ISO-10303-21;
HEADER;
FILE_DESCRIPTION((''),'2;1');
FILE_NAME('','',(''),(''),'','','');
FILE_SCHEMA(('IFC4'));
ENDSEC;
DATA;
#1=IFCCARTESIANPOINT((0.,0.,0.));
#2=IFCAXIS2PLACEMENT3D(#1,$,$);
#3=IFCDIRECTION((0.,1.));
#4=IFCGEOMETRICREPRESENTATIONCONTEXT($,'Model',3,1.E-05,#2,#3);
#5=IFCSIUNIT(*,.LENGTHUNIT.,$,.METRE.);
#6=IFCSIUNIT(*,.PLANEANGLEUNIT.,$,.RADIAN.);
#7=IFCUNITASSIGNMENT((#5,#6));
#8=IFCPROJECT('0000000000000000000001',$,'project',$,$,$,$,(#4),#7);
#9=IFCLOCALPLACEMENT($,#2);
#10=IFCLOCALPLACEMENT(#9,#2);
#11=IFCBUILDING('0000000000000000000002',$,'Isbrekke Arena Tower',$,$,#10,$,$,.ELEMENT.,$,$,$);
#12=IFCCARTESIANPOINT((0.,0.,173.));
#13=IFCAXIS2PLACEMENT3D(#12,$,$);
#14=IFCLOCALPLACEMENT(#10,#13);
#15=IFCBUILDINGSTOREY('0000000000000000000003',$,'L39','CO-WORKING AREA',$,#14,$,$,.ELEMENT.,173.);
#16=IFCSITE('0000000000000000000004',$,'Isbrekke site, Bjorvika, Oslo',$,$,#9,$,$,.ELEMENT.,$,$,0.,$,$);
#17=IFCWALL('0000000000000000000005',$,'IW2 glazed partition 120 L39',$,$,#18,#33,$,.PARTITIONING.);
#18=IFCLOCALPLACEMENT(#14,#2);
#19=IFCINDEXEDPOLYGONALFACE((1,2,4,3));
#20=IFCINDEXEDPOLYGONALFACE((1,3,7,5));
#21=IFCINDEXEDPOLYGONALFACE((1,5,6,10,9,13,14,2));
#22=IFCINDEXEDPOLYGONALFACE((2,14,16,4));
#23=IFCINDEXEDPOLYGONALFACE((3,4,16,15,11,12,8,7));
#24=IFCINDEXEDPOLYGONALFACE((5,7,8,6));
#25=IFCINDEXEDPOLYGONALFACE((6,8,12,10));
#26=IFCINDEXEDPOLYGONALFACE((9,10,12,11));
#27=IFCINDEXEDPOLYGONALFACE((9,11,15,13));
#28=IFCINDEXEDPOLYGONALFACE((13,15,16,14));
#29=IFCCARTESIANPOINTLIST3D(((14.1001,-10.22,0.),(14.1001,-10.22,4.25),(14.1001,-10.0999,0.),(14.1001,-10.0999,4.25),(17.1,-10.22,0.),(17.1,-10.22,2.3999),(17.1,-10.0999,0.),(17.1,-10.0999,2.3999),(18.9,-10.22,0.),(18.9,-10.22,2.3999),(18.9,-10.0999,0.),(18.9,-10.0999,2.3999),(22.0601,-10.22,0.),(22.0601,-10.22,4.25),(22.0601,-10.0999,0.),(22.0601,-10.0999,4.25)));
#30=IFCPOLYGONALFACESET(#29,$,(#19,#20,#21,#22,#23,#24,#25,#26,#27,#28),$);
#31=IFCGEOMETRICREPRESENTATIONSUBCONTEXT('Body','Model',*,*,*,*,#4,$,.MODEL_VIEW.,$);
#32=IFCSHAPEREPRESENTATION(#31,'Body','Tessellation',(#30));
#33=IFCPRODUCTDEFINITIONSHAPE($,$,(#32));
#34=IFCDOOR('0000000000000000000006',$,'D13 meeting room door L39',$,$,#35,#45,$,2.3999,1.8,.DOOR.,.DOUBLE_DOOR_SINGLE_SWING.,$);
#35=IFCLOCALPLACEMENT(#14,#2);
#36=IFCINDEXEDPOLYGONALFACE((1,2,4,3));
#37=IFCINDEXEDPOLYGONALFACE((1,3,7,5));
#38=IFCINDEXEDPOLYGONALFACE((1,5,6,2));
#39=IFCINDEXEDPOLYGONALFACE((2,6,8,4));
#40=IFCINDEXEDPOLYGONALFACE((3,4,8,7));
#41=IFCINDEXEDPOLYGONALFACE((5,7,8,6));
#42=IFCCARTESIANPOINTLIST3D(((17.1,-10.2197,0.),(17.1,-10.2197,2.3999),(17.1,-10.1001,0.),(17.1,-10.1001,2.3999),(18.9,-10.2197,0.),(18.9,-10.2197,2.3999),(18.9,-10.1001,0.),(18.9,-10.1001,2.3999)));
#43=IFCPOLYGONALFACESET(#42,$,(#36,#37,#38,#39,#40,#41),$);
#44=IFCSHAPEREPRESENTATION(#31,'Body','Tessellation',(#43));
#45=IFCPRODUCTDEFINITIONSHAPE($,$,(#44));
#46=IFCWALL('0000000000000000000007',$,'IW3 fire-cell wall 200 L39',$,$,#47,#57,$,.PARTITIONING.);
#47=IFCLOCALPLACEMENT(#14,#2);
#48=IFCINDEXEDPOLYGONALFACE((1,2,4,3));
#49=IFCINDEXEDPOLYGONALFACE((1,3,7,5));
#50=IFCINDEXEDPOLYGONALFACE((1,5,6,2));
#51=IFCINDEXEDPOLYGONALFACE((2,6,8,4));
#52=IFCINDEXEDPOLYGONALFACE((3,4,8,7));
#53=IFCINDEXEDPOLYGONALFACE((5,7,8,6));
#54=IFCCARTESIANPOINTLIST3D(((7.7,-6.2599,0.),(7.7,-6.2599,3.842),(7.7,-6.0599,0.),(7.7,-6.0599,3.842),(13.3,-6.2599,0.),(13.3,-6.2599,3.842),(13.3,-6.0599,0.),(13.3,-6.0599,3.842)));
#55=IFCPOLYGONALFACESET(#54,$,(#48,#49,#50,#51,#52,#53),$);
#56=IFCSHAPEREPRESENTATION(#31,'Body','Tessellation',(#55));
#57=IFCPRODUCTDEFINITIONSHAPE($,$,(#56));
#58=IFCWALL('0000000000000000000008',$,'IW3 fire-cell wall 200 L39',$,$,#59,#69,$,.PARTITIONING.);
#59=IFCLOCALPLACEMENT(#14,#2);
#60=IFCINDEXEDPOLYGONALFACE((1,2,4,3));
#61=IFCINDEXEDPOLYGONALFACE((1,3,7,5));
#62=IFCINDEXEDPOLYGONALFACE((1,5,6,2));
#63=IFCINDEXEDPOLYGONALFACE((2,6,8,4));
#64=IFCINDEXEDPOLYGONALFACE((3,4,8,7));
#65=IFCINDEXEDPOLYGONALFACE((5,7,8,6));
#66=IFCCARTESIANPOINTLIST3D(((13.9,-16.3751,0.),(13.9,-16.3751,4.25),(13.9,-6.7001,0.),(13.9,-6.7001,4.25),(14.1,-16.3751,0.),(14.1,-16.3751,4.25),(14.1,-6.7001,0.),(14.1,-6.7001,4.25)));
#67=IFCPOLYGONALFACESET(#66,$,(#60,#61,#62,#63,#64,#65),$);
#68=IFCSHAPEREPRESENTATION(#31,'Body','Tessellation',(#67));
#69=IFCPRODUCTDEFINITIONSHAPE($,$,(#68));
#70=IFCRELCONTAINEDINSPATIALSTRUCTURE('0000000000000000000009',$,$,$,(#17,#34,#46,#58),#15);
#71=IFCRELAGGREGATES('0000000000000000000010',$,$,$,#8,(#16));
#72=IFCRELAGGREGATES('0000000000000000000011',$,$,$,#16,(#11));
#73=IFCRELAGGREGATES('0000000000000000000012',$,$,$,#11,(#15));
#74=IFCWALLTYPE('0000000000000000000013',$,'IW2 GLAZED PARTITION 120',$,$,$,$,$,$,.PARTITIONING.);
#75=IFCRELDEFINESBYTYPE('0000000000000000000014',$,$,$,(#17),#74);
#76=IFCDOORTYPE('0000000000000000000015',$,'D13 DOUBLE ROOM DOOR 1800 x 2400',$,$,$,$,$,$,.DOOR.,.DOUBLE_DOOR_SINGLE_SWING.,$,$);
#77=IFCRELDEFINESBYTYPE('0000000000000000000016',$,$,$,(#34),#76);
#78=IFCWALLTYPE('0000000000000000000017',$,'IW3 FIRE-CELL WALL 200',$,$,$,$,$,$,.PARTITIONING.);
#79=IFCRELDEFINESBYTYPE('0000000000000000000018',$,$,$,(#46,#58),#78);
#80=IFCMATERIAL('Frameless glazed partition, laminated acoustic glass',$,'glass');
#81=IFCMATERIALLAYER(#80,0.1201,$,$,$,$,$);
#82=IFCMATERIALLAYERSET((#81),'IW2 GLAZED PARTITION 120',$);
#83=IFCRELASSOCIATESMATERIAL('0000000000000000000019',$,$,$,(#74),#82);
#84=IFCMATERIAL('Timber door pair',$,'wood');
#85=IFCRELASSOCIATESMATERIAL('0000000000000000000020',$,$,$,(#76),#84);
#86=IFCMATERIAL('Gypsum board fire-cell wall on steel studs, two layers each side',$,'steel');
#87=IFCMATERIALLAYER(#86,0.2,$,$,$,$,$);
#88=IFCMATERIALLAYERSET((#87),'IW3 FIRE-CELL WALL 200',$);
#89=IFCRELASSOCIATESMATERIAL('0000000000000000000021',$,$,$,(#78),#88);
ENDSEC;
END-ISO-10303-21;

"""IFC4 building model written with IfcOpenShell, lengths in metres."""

from ifc_helpers import new_model, si_unit, direction, frame, frame_2d, origin, place, context, subcontext, project, spatial, rectangle, extrude, material, layer, layer_set, type_object, element, fill, save


model = new_model("IFC4")

# Units and contexts
model_context = context("Model", 3, precision=1e-05, world=origin(), true_north=direction((0.0, 1.0)))
body_context = subcontext(model_context, "Body", "Model", "MODEL_VIEW")
ifc_project = project(units=[si_unit("LENGTHUNIT", "METRE"), si_unit("PLANEANGLEUNIT", "RADIAN")], contexts=[model_context])

# Site, building, storey
site_placement = place(None, origin())
site = spatial("IfcSite", under=ifc_project, at=site_placement, Name="Isbrekke site, Bjorvika, Oslo", CompositionType="ELEMENT", RefElevation=0.0)
building_placement = place(site_placement, origin())
building = spatial("IfcBuilding", under=site, at=building_placement, Name="Isbrekke Arena Tower", CompositionType="ELEMENT")
storey_placement = place(building_placement, frame((0.0, 0.0, 173.0)))
storey = spatial("IfcBuildingStorey", under=building, at=storey_placement, Name="L39", Description="CO-WORKING AREA", CompositionType="ELEMENT", Elevation=173.0)

# Wall, opening, door
ifc_material_1 = material(Name="Frameless glazed partition, laminated acoustic glass", Category="glass")
ifc_layer_1 = layer(ifc_material_1, 0.1201)
ifc_layer_set_1 = layer_set([ifc_layer_1], Name="IW2 GLAZED PARTITION 120")
wall_type_1 = type_object("IfcWallType", Name="IW2 GLAZED PARTITION 120", PredefinedType="PARTITIONING", material=ifc_layer_set_1)
wall_1_placement = place(storey_placement, frame((14.1001, -10.1599, 0.0), z_axis=(0.0, 0.0, 1.0), x_axis=(1.0, 0.0, 0.0)))
wall_1 = element("IfcWall", 1, at=wall_1_placement, inside=storey, type_object=wall_type_1, Name="IW2 glazed partition 120 L39", PredefinedType="PARTITIONING", context=body_context, shape_type="SweptSolid", body=[
    extrude(rectangle(XDim=7.96, YDim=0.1201, at=frame_2d((3.98, 0.0))), origin(), (0.0, 0.0, 1.0), 4.25),
])
opening_placement = place(wall_1_placement, frame((3.0, 0.0, 0.0)))
opening = element("IfcOpeningElement", 2, at=opening_placement, cuts=wall_1, PredefinedType="OPENING", context=body_context, shape_type="SweptSolid", body=[
    extrude(rectangle(XDim=1.8, YDim=2.3999, at=frame_2d((0.8999, 1.2))), frame((0.0, 0.075, 0.0), z_axis=(0.0, -1.0, 0.0), x_axis=(1.0, 0.0, 0.0)), (0.0, 0.0, 1.0), 0.1499),
])
ifc_material_2 = material(Name="Timber door pair", Category="wood")
door_type = type_object("IfcDoorType", Name="D13 DOUBLE ROOM DOOR 1800 x 2400", OperationType="DOUBLE_DOOR_SINGLE_SWING", PredefinedType="DOOR", material=ifc_material_2)
door_placement = place(opening_placement, origin())
door = element("IfcDoor", 3, at=door_placement, inside=storey, type_object=door_type, Name="D13 meeting room door L39", OperationType="DOUBLE_DOOR_SINGLE_SWING", OverallHeight=2.3999, OverallWidth=1.8, PredefinedType="DOOR", context=body_context, shape_type="SweptSolid", body=[
    extrude(rectangle(XDim=1.8, YDim=2.3999, at=frame_2d((0.8999, 1.2))), frame((0.0, 0.0598, 0.0), z_axis=(0.0, -1.0, 0.0), x_axis=(1.0, 0.0, 0.0)), (0.0, 0.0, 1.0), 0.1196),
])
fill(opening, door)

# Walls
ifc_material_3 = material(Name="Gypsum board fire-cell wall on steel studs, two layers each side", Category="steel")
ifc_layer_2 = layer(ifc_material_3, 0.2)
ifc_layer_set_2 = layer_set([ifc_layer_2], Name="IW3 FIRE-CELL WALL 200")
wall_type_2 = type_object("IfcWallType", Name="IW3 FIRE-CELL WALL 200", PredefinedType="PARTITIONING", material=ifc_layer_set_2)
wall_2_placement = place(storey_placement, frame((7.7, -6.1599, 0.0), z_axis=(0.0, 0.0, 1.0), x_axis=(1.0, 0.0, 0.0)))
element("IfcWall", 4, at=wall_2_placement, inside=storey, type_object=wall_type_2, Name="IW3 fire-cell wall 200 L39", PredefinedType="PARTITIONING", context=body_context, shape_type="SweptSolid", body=[
    extrude(rectangle(XDim=5.6001, YDim=0.2, at=frame_2d((2.8, 0.0))), origin(), (0.0, 0.0, 1.0), 3.842),
])
wall_3_placement = place(storey_placement, frame((14.0, -16.375, 0.0), z_axis=(0.0, 0.0, 1.0), x_axis=(0.0, 1.0, 0.0)))
element("IfcWall", 5, at=wall_3_placement, inside=storey, type_object=wall_type_2, Name="IW3 fire-cell wall 200 L39", PredefinedType="PARTITIONING", context=body_context, shape_type="SweptSolid", body=[
    extrude(rectangle(XDim=9.675, YDim=0.2, at=frame_2d((4.8374, 0.0))), origin(), (0.0, 0.0, 1.0), 4.25),
])

save(model, "model.ifc")
